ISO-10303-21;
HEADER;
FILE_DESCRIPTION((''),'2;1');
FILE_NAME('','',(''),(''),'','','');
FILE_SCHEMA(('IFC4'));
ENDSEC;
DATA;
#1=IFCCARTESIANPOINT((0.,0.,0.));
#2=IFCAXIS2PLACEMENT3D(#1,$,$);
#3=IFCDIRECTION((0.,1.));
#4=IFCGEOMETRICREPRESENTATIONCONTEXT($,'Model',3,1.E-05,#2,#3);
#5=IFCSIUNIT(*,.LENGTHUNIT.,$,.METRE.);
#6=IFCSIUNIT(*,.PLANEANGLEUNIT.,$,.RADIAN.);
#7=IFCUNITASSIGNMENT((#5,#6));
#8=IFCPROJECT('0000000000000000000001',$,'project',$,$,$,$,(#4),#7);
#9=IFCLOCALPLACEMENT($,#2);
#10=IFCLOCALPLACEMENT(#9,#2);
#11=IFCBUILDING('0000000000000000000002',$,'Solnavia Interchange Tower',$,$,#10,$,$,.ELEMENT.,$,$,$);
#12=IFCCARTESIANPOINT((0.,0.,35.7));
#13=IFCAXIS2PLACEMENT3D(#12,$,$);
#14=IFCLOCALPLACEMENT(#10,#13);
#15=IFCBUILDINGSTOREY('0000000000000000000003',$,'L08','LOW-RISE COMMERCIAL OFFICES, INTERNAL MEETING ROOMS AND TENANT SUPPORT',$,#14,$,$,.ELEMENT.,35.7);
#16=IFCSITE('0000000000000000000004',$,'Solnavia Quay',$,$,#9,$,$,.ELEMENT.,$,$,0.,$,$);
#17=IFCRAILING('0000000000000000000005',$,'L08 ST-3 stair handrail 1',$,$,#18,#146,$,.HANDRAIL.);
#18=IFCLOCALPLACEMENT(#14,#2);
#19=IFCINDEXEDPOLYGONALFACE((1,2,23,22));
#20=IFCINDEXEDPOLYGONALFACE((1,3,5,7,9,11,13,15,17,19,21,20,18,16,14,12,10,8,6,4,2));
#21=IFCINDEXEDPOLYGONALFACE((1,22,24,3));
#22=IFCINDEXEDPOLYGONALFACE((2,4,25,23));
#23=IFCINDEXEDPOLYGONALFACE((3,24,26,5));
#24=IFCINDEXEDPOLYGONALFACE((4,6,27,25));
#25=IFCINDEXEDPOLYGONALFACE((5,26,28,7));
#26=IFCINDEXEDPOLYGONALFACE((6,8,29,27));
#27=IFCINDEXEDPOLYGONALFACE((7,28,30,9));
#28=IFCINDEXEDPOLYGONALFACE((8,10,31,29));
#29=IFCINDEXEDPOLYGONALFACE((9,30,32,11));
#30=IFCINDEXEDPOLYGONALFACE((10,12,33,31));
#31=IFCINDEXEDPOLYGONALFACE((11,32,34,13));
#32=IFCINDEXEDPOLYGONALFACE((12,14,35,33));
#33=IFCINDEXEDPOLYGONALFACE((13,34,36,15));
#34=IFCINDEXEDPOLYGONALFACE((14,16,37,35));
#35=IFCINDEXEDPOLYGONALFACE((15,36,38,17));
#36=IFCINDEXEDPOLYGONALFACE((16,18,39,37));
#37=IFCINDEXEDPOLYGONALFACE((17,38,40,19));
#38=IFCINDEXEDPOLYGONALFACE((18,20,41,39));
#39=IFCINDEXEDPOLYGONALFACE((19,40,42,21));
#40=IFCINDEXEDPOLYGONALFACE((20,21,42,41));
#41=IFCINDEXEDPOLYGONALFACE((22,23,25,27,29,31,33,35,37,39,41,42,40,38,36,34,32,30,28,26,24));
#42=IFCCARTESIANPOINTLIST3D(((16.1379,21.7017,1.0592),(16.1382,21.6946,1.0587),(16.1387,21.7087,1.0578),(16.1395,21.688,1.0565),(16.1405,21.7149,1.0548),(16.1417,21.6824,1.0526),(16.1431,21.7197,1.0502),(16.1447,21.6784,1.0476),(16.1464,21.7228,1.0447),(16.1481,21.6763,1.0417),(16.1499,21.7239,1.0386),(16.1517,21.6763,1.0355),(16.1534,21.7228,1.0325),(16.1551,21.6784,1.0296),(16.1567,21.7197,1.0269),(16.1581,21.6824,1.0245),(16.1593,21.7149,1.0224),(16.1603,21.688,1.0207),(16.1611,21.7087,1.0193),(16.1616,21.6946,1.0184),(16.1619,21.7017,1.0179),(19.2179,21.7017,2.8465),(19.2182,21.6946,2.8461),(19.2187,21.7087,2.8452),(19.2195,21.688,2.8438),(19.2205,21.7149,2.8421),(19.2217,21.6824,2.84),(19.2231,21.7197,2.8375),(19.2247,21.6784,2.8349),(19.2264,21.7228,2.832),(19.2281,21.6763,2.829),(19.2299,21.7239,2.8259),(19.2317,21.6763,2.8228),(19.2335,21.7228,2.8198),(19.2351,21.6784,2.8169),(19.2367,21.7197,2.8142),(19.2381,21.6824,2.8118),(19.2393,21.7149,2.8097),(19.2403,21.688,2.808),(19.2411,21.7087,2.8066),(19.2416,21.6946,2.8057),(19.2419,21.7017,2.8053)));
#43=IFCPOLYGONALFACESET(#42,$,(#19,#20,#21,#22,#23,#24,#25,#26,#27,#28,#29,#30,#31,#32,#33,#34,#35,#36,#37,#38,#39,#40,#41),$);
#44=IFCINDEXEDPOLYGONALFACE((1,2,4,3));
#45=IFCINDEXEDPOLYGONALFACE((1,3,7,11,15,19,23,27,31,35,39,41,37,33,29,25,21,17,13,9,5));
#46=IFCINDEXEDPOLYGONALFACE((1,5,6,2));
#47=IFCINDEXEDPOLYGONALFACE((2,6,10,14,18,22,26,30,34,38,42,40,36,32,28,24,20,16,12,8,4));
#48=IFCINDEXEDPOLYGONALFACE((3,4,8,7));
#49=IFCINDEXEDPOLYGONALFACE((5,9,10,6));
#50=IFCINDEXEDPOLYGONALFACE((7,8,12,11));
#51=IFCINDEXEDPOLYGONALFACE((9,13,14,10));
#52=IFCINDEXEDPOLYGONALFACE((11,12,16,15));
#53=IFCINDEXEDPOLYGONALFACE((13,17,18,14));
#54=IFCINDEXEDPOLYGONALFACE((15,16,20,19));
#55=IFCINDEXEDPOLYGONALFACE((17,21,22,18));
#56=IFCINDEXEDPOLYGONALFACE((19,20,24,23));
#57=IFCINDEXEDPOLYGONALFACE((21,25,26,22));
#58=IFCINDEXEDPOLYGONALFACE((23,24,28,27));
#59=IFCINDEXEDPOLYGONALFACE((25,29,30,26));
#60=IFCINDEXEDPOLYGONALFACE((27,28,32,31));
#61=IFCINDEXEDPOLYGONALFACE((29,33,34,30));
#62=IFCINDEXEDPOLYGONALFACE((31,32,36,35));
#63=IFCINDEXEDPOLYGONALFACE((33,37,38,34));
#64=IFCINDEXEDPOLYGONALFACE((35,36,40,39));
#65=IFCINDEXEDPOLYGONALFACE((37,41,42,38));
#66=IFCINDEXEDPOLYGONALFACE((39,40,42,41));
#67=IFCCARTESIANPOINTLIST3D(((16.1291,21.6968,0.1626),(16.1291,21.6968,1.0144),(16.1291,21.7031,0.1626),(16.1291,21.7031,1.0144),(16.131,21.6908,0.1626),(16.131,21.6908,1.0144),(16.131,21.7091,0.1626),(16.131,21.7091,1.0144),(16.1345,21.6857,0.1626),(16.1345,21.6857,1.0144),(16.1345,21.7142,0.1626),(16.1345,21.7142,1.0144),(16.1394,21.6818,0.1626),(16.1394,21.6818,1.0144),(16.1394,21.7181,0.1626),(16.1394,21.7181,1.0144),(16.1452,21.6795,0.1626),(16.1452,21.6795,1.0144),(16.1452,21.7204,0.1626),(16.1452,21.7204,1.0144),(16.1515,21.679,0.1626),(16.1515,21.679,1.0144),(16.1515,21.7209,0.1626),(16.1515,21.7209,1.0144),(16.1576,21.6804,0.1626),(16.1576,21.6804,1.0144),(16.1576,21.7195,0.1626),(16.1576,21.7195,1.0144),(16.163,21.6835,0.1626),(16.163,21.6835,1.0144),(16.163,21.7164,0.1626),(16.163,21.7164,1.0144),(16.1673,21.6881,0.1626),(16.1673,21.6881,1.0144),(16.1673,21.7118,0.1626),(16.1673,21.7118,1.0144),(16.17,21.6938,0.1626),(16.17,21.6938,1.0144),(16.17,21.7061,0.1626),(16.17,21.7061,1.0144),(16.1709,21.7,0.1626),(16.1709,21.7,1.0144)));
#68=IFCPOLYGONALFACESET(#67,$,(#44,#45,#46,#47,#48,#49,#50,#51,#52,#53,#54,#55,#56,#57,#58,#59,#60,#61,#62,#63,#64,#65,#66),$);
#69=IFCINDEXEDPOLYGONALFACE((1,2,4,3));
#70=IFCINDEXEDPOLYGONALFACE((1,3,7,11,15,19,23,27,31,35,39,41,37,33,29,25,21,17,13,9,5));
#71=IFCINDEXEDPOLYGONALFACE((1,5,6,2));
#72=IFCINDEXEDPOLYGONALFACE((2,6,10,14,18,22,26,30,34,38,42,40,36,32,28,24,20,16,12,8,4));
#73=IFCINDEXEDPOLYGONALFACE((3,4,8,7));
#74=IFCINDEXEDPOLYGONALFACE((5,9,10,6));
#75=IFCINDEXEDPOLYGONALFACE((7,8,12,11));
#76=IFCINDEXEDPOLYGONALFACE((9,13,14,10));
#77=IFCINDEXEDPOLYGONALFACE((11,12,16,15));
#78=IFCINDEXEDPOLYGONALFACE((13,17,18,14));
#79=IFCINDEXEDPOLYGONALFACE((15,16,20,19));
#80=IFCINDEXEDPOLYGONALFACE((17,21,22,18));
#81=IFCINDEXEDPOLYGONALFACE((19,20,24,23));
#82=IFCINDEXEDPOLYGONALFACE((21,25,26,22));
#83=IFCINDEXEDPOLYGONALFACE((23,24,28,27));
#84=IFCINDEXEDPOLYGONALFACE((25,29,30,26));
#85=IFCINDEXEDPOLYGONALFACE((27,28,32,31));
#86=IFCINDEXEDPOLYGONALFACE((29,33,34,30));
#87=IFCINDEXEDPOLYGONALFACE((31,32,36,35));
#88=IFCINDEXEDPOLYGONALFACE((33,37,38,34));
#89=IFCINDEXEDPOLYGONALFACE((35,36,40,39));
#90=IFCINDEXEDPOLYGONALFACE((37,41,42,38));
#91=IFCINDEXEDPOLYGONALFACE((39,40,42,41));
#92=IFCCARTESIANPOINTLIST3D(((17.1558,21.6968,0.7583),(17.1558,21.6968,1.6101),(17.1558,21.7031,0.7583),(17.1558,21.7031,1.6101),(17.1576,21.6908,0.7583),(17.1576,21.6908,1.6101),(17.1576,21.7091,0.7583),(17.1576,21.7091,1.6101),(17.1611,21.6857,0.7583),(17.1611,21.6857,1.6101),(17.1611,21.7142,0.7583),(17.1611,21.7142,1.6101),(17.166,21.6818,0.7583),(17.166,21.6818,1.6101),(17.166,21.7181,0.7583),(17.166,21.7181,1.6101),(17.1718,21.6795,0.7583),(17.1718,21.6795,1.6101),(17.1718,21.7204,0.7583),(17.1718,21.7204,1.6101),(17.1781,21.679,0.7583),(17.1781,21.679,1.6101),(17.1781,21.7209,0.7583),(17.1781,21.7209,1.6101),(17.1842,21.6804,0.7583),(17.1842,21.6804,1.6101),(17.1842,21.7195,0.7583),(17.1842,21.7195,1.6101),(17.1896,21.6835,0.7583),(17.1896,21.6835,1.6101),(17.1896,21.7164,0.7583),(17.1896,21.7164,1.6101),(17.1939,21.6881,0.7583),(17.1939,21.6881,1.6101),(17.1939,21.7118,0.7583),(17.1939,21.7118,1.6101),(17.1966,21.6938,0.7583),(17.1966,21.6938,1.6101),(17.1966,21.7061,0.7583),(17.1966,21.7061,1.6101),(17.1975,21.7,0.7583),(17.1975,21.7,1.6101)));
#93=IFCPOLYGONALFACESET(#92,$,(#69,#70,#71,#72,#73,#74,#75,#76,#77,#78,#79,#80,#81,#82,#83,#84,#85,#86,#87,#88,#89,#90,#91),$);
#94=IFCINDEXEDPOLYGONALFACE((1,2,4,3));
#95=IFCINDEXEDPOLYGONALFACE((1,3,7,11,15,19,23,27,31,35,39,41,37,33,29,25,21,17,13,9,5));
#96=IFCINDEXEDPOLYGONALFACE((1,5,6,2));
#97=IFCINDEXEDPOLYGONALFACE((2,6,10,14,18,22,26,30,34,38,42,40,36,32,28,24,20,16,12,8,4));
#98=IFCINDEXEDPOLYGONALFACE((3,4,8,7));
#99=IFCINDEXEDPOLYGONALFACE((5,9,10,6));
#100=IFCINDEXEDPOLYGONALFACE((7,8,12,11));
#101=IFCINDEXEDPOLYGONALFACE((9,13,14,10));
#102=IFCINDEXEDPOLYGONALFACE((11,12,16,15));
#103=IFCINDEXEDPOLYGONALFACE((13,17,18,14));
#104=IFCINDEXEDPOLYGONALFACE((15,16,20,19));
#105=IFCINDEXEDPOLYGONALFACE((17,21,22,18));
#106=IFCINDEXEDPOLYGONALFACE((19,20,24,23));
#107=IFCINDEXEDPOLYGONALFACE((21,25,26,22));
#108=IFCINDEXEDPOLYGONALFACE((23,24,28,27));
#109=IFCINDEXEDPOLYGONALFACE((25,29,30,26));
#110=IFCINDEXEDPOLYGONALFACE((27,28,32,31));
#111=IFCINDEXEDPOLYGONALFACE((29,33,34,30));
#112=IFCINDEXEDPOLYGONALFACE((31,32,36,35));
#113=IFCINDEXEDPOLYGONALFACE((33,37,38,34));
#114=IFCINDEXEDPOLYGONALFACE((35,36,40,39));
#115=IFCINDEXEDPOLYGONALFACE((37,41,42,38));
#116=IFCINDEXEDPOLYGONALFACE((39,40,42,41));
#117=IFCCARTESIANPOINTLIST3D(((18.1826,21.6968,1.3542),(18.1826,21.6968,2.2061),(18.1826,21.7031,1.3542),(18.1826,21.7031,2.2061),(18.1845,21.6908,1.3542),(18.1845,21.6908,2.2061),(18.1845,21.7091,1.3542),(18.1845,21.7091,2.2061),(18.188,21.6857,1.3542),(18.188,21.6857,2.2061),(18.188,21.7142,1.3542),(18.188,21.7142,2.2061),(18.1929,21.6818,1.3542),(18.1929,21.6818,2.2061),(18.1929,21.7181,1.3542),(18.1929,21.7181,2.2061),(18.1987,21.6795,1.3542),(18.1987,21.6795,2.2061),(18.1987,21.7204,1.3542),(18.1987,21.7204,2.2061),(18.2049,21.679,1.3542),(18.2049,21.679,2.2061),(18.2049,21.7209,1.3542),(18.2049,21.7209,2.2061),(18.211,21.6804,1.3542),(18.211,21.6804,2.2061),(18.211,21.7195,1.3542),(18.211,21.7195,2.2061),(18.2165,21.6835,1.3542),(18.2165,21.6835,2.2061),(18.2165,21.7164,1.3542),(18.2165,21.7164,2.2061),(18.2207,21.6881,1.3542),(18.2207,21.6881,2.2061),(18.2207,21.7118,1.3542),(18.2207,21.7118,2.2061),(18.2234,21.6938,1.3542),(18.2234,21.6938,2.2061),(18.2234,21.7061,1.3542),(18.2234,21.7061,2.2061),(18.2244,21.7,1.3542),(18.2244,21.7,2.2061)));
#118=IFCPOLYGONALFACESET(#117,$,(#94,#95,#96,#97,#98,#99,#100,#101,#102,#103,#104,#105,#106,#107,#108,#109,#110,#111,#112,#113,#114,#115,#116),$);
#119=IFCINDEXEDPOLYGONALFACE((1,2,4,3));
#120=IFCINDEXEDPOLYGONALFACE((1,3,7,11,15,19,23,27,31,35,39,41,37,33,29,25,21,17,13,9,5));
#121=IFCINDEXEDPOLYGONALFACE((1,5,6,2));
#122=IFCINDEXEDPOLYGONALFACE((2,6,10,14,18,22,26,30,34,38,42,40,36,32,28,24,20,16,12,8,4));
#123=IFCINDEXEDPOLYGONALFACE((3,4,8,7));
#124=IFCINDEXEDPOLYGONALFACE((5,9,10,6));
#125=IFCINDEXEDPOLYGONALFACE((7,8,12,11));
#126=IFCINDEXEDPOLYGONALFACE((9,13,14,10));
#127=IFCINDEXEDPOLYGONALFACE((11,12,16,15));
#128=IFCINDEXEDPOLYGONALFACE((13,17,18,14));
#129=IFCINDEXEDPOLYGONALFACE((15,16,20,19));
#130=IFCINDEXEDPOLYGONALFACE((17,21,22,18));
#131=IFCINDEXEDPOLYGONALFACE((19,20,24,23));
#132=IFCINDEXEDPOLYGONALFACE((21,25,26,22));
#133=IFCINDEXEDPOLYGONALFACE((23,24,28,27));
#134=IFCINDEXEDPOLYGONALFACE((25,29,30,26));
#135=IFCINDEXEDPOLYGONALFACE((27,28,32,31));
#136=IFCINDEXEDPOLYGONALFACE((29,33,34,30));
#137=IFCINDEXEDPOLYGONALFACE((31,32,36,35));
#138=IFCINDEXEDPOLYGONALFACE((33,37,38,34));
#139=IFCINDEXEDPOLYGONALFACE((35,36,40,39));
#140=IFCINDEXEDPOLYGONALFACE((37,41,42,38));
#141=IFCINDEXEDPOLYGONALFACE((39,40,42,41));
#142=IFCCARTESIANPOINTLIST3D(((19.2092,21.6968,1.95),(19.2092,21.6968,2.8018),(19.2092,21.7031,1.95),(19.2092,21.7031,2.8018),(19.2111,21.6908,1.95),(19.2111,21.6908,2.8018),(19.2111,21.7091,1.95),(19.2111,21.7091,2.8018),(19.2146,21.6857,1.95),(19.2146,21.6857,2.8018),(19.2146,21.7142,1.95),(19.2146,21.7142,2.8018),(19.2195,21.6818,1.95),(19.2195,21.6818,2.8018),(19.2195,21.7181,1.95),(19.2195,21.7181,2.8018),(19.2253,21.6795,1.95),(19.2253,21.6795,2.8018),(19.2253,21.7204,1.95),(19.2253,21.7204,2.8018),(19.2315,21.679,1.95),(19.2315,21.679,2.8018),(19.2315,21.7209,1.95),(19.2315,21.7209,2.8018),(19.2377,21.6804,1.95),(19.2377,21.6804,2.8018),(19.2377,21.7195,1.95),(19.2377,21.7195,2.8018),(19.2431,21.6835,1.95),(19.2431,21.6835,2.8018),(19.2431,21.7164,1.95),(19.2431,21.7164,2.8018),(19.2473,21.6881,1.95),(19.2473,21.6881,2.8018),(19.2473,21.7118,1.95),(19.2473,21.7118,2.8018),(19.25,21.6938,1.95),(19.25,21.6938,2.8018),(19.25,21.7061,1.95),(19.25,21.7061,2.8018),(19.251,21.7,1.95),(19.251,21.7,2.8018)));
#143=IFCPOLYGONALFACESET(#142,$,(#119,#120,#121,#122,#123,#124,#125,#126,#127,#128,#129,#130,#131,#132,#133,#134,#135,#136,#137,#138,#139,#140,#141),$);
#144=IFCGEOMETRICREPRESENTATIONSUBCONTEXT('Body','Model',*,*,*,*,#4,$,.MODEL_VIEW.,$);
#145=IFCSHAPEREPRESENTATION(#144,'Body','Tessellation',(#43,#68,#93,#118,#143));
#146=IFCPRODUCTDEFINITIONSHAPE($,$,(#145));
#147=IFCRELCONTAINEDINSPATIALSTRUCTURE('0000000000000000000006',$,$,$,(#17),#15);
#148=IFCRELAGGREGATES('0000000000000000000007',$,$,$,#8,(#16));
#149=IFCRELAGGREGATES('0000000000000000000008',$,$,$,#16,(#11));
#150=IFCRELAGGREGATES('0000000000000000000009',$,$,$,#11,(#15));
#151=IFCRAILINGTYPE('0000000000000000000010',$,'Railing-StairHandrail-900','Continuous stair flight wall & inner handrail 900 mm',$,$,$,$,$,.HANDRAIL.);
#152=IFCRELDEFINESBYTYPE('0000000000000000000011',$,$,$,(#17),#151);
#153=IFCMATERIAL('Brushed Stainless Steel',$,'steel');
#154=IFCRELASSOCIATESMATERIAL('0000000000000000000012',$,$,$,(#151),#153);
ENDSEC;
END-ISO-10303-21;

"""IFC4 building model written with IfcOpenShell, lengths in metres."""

from ifc_helpers import new_model, si_unit, direction, frame, origin, origin_2d, place, context, subcontext, project, spatial, circle, extrude, material, type_object, element, save


model = new_model("IFC4")

# Units and contexts
model_context = context("Model", 3, precision=1e-05, world=origin(), true_north=direction((0.0, 1.0)))
body_context = subcontext(model_context, "Body", "Model", "MODEL_VIEW")
ifc_project = project(units=[si_unit("LENGTHUNIT", "METRE"), si_unit("PLANEANGLEUNIT", "RADIAN")], contexts=[model_context])

# Site, building, storey
site_placement = place(None, origin())
site = spatial("IfcSite", under=ifc_project, at=site_placement, Name="Solnavia Quay", CompositionType="ELEMENT", RefElevation=0.0)
building_placement = place(site_placement, origin())
building = spatial("IfcBuilding", under=site, at=building_placement, Name="Solnavia Interchange Tower", CompositionType="ELEMENT")
storey_placement = place(building_placement, frame((0.0, 0.0, 35.7)))
storey = spatial("IfcBuildingStorey", under=building, at=storey_placement, Name="L08", Description="LOW-RISE COMMERCIAL OFFICES, INTERNAL MEETING ROOMS AND TENANT SUPPORT", CompositionType="ELEMENT", Elevation=35.7)

# Railing
ifc_material_1 = material(Name="Brushed Stainless Steel", Category="steel")
railing_type_1 = type_object("IfcRailingType", Name="Railing-StairHandrail-900", Description="Continuous stair flight wall & inner handrail 900 mm", PredefinedType="HANDRAIL", material=ifc_material_1)
railing_1_placement = place(storey_placement, frame((16.1499, 21.7, 0.1626)))
element("IfcRailing", 1, at=railing_1_placement, inside=storey, type_object=railing_type_1, Name="L08 ST-3 stair handrail 1", PredefinedType="HANDRAIL", context=body_context, shape_type="SweptSolid", body=[
    extrude(circle(Radius=0.0239, at=origin_2d()), frame((0.0, 0.0, 0.876), z_axis=(0.86492, 0.0, 0.501909), x_axis=(0.0, 1.0, 0.0)), (0.0, 0.0, 1.0), 3.561),
    extrude(circle(Radius=0.021, at=origin_2d()), origin(), (0.0, 0.0, 1.0), 0.8518),
    extrude(circle(Radius=0.021, at=origin_2d()), frame((1.0266, 0.0, 0.5957)), (0.0, 0.0, 1.0), 0.8518),
    extrude(circle(Radius=0.021, at=origin_2d()), frame((2.0535, 0.0, 1.1917)), (0.0, 0.0, 1.0), 0.8518),
    extrude(circle(Radius=0.021, at=origin_2d()), frame((3.0801, 0.0, 1.7874)), (0.0, 0.0, 1.0), 0.8518),
])

save(model, "model.ifc")
